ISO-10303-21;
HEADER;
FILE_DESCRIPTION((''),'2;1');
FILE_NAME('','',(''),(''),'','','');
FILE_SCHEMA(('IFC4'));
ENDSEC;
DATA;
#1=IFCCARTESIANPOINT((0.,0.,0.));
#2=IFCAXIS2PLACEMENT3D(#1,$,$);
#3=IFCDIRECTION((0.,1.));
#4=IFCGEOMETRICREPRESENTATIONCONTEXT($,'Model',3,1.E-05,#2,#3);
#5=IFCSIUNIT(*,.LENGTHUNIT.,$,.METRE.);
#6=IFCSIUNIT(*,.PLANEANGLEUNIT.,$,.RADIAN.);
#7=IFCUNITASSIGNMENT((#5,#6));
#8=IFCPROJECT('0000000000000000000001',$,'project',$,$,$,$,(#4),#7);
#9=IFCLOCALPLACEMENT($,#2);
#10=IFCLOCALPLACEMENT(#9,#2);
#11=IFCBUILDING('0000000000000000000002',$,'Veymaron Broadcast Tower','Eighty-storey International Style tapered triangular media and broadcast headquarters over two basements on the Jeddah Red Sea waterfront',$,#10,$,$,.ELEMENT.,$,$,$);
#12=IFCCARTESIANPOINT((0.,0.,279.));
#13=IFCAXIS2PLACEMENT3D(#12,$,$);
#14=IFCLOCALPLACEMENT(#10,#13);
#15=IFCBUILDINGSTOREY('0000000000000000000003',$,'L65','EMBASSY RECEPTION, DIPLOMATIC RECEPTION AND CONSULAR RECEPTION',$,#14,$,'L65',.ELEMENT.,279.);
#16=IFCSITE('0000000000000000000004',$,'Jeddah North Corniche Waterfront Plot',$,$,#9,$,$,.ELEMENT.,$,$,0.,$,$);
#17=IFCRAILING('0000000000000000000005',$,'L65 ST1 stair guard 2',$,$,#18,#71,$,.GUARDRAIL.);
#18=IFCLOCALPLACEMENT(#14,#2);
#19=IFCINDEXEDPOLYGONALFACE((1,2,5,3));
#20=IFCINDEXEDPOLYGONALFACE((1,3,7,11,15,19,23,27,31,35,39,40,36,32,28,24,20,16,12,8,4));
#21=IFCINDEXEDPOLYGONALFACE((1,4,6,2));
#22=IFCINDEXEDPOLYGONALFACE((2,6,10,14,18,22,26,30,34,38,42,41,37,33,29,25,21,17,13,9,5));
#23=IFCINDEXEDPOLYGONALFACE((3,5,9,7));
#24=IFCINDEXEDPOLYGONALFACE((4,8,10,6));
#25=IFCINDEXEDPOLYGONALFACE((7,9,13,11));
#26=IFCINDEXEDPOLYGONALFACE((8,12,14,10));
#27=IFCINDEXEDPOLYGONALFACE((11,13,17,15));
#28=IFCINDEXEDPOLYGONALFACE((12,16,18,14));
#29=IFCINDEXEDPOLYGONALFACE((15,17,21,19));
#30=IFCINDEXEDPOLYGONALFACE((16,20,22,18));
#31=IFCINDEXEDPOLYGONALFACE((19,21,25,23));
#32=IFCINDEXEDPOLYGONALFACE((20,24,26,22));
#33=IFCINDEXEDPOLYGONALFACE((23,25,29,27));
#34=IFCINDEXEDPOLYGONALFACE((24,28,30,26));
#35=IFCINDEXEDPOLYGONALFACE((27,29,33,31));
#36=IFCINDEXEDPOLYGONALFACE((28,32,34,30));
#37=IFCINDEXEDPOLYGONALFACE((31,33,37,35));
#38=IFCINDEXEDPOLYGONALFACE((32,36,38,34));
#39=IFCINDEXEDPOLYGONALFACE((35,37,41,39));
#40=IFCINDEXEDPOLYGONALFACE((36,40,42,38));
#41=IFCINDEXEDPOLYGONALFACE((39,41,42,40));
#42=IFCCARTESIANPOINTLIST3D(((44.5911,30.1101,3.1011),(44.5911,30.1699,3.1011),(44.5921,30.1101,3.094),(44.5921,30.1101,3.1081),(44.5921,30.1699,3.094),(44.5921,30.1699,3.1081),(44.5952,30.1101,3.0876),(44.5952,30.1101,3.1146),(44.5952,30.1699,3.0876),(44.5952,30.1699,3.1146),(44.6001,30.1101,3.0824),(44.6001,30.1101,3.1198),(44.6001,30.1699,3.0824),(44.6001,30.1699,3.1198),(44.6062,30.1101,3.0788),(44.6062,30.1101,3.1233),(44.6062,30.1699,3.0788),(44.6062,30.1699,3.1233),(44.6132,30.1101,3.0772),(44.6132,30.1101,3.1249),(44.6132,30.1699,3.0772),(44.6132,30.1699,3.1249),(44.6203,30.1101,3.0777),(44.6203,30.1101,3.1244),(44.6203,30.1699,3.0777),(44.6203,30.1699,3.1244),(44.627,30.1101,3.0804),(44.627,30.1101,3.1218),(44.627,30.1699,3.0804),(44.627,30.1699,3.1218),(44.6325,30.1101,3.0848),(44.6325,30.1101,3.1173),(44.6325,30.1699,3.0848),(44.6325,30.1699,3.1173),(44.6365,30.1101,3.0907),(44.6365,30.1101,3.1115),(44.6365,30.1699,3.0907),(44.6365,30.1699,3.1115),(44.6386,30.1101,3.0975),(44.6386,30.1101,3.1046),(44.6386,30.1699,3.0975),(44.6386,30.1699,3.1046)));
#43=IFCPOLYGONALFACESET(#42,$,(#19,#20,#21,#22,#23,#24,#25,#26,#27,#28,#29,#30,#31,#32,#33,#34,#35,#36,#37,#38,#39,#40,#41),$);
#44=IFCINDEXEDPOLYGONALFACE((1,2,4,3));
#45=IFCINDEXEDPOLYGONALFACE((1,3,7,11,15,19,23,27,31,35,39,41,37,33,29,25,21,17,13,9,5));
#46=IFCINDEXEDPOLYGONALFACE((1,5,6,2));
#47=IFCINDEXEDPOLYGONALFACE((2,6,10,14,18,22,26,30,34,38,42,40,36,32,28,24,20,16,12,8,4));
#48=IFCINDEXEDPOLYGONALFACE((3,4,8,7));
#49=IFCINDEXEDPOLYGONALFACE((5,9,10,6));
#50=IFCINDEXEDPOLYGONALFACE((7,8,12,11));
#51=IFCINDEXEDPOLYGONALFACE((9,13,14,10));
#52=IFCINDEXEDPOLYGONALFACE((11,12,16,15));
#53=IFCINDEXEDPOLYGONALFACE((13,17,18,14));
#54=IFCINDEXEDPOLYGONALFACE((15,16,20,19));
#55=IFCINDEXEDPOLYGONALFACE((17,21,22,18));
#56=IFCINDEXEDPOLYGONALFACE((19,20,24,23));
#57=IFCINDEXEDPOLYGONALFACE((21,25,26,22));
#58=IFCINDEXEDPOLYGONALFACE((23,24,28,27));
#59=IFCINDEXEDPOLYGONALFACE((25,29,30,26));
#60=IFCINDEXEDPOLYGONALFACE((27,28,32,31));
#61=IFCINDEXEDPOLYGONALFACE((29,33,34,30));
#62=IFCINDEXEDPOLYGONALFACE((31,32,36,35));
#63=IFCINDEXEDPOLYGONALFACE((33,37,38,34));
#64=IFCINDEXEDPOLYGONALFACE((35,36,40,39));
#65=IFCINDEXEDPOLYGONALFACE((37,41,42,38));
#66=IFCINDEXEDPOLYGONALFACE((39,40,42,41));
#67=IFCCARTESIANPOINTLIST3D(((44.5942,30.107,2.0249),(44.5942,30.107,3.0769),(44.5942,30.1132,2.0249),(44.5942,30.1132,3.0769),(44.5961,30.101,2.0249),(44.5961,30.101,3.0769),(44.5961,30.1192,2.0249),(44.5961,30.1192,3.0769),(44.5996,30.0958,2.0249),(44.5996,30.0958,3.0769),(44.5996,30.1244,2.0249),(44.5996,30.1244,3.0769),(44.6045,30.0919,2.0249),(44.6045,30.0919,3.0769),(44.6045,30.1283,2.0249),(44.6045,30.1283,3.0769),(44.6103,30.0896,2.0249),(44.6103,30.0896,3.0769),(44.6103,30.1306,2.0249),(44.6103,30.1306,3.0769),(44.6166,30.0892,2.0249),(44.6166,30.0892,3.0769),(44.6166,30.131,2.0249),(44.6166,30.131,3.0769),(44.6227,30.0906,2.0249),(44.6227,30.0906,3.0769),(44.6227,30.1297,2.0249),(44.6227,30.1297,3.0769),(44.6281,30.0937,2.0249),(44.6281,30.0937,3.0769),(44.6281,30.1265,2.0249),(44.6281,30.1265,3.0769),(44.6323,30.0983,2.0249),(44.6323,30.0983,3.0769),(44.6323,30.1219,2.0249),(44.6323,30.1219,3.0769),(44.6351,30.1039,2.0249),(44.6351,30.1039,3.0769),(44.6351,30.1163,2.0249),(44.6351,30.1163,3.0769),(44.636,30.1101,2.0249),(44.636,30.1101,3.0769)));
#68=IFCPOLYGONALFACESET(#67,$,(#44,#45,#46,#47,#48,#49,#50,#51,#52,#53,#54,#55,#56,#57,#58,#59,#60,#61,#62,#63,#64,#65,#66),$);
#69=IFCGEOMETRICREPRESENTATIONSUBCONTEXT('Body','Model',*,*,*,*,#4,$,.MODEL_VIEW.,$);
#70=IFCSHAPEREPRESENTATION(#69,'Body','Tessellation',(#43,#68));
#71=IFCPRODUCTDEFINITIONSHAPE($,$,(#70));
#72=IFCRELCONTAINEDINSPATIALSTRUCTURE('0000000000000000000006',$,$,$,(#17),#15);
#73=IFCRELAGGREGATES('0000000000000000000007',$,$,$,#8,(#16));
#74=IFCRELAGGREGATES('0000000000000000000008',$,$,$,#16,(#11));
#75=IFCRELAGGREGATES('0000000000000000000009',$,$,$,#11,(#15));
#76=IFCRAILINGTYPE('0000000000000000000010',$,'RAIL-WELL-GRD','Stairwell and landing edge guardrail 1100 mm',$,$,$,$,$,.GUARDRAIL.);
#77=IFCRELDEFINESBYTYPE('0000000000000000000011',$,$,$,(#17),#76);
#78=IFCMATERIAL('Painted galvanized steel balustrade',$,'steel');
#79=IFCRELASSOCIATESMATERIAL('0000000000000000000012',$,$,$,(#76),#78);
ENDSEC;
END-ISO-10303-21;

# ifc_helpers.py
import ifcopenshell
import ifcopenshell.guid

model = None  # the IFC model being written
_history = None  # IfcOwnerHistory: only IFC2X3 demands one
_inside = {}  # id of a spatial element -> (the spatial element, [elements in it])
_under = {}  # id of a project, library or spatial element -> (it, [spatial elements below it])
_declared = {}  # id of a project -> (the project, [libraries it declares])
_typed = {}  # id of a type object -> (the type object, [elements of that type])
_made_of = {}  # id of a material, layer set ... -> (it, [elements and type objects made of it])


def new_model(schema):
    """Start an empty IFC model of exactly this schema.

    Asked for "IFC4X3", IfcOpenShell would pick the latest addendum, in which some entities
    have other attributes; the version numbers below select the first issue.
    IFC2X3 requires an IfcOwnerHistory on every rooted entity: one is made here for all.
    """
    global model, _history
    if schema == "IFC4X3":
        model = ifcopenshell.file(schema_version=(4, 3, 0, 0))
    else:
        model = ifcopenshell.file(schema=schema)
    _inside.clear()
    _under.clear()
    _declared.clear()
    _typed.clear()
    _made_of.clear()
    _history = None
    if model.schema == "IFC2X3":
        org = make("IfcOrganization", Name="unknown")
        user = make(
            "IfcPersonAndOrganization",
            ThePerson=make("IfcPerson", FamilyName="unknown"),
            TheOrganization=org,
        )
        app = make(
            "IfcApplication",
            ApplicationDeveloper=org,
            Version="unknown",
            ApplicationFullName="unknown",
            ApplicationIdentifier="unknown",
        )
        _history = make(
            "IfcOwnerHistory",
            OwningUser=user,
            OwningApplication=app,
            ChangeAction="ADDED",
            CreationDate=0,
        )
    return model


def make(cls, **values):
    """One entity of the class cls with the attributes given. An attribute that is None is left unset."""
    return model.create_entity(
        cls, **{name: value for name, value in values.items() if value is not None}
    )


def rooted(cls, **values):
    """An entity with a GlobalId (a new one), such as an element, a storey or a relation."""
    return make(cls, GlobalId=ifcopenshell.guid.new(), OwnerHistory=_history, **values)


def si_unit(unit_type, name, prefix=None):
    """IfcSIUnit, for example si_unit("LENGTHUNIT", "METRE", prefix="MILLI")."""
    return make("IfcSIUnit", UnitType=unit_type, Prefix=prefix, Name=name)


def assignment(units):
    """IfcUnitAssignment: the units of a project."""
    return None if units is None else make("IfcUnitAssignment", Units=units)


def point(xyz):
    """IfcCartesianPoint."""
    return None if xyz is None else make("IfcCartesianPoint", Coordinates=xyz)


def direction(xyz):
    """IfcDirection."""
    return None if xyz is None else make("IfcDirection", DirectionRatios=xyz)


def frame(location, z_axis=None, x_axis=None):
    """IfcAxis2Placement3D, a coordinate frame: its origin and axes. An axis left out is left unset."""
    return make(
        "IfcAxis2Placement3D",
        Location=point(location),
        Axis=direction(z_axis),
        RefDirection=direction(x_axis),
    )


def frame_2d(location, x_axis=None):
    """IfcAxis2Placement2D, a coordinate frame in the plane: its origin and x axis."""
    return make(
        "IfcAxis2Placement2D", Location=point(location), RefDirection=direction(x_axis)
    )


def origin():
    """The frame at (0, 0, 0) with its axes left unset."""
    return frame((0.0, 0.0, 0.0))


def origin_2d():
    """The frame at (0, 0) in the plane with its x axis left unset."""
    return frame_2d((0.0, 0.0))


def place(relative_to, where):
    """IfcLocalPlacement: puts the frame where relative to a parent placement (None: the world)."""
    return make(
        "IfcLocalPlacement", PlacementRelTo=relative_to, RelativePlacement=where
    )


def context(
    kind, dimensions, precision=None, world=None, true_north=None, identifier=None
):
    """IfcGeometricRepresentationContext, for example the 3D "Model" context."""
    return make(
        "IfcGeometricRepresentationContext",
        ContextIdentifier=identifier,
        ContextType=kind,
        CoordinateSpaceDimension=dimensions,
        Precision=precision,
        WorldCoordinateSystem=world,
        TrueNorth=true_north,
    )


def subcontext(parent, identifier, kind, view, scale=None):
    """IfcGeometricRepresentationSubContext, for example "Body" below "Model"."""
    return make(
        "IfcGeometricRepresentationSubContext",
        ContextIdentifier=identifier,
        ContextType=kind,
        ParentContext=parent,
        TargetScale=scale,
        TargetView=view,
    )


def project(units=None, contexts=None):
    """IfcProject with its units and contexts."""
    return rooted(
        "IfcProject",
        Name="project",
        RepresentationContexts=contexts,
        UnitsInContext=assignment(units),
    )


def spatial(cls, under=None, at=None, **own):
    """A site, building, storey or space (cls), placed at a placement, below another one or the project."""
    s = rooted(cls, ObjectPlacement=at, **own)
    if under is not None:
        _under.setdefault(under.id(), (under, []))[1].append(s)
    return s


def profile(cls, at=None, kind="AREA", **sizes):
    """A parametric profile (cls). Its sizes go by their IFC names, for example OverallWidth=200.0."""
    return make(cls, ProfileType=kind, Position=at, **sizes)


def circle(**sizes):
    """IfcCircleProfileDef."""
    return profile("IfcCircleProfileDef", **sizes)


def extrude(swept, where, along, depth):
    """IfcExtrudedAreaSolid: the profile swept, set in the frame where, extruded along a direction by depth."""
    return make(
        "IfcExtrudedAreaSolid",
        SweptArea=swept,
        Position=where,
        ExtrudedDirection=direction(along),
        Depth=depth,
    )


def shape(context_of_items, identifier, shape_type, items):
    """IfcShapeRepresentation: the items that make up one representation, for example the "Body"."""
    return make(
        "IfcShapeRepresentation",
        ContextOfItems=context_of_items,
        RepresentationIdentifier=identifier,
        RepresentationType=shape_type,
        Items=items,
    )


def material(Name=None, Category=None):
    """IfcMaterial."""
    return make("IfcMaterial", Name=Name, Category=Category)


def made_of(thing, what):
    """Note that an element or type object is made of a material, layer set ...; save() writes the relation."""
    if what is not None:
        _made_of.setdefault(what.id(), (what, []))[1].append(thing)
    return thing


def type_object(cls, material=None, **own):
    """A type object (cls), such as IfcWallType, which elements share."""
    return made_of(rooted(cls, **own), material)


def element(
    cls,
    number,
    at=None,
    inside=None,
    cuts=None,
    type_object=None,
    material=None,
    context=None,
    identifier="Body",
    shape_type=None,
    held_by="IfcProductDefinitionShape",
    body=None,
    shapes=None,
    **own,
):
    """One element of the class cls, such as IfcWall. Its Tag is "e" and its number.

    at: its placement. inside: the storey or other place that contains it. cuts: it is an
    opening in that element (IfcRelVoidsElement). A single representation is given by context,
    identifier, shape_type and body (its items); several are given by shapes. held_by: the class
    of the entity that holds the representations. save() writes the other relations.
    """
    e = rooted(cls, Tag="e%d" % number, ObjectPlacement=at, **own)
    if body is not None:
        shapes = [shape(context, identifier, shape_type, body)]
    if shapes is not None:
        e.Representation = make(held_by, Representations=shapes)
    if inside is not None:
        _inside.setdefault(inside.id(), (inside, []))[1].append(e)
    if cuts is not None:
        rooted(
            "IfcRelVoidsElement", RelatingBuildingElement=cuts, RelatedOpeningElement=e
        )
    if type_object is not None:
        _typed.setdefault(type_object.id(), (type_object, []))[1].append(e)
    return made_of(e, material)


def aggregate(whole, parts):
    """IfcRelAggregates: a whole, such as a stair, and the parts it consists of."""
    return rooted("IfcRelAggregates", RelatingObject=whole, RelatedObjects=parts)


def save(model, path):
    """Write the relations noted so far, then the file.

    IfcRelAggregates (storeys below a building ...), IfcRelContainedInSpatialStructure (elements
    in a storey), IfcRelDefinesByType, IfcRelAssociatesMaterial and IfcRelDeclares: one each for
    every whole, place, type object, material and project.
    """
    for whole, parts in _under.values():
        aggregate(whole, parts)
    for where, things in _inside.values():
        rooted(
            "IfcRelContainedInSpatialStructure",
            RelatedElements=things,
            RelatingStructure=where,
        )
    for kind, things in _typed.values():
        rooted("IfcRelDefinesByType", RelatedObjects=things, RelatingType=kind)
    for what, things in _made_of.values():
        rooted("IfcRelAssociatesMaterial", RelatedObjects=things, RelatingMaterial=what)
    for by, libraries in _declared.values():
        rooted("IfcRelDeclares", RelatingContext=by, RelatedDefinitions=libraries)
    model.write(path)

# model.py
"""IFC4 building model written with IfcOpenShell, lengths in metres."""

from ifc_helpers import new_model, si_unit, direction, frame, origin, origin_2d, place, context, subcontext, project, spatial, circle, extrude, material, type_object, element, save


model = new_model("IFC4")

# Units and contexts
model_context = context("Model", 3, precision=1e-05, world=origin(), true_north=direction((0.0, 1.0)))
body_context = subcontext(model_context, "Body", "Model", "MODEL_VIEW")
ifc_project = project(units=[si_unit("LENGTHUNIT", "METRE"), si_unit("PLANEANGLEUNIT", "RADIAN")], contexts=[model_context])

# Site, building, storey
site_placement = place(None, origin())
site = spatial("IfcSite", under=ifc_project, at=site_placement, Name="Jeddah North Corniche Waterfront Plot", CompositionType="ELEMENT", RefElevation=0.0)
building_placement = place(site_placement, origin())
building = spatial("IfcBuilding", under=site, at=building_placement, Name="Veymaron Broadcast Tower", Description="Eighty-storey International Style tapered triangular media and broadcast headquarters over two basements on the Jeddah Red Sea waterfront", CompositionType="ELEMENT")
storey_placement = place(building_placement, frame((0.0, 0.0, 279.0)))
storey = spatial("IfcBuildingStorey", under=building, at=storey_placement, Name="L65", Description="EMBASSY RECEPTION, DIPLOMATIC RECEPTION AND CONSULAR RECEPTION", LongName="L65", CompositionType="ELEMENT", Elevation=279.0)

# Railing
ifc_material_1 = material(Name="Painted galvanized steel balustrade", Category="steel")
railing_type_1 = type_object("IfcRailingType", Name="RAIL-WELL-GRD", Description="Stairwell and landing edge guardrail 1100 mm", PredefinedType="GUARDRAIL", material=ifc_material_1)
railing_1_placement = place(storey_placement, frame((44.615, 30.1101, 2.0249)))
element("IfcRailing", 1, at=railing_1_placement, inside=storey, type_object=railing_type_1, Name="L65 ST1 stair guard 2", PredefinedType="GUARDRAIL", context=body_context, shape_type="SweptSolid", body=[
    extrude(circle(Radius=0.0239, at=origin_2d()), frame((0.0, 0.0, 1.0762), z_axis=(0.0, 1.0, 0.0), x_axis=(-1.0, 0.0, 0.0)), (0.0, 0.0, 1.0), 0.0598),
    extrude(circle(Radius=0.021, at=origin_2d()), origin(), (0.0, 0.0, 1.0), 1.052),
])

save(model, "model.ifc")
